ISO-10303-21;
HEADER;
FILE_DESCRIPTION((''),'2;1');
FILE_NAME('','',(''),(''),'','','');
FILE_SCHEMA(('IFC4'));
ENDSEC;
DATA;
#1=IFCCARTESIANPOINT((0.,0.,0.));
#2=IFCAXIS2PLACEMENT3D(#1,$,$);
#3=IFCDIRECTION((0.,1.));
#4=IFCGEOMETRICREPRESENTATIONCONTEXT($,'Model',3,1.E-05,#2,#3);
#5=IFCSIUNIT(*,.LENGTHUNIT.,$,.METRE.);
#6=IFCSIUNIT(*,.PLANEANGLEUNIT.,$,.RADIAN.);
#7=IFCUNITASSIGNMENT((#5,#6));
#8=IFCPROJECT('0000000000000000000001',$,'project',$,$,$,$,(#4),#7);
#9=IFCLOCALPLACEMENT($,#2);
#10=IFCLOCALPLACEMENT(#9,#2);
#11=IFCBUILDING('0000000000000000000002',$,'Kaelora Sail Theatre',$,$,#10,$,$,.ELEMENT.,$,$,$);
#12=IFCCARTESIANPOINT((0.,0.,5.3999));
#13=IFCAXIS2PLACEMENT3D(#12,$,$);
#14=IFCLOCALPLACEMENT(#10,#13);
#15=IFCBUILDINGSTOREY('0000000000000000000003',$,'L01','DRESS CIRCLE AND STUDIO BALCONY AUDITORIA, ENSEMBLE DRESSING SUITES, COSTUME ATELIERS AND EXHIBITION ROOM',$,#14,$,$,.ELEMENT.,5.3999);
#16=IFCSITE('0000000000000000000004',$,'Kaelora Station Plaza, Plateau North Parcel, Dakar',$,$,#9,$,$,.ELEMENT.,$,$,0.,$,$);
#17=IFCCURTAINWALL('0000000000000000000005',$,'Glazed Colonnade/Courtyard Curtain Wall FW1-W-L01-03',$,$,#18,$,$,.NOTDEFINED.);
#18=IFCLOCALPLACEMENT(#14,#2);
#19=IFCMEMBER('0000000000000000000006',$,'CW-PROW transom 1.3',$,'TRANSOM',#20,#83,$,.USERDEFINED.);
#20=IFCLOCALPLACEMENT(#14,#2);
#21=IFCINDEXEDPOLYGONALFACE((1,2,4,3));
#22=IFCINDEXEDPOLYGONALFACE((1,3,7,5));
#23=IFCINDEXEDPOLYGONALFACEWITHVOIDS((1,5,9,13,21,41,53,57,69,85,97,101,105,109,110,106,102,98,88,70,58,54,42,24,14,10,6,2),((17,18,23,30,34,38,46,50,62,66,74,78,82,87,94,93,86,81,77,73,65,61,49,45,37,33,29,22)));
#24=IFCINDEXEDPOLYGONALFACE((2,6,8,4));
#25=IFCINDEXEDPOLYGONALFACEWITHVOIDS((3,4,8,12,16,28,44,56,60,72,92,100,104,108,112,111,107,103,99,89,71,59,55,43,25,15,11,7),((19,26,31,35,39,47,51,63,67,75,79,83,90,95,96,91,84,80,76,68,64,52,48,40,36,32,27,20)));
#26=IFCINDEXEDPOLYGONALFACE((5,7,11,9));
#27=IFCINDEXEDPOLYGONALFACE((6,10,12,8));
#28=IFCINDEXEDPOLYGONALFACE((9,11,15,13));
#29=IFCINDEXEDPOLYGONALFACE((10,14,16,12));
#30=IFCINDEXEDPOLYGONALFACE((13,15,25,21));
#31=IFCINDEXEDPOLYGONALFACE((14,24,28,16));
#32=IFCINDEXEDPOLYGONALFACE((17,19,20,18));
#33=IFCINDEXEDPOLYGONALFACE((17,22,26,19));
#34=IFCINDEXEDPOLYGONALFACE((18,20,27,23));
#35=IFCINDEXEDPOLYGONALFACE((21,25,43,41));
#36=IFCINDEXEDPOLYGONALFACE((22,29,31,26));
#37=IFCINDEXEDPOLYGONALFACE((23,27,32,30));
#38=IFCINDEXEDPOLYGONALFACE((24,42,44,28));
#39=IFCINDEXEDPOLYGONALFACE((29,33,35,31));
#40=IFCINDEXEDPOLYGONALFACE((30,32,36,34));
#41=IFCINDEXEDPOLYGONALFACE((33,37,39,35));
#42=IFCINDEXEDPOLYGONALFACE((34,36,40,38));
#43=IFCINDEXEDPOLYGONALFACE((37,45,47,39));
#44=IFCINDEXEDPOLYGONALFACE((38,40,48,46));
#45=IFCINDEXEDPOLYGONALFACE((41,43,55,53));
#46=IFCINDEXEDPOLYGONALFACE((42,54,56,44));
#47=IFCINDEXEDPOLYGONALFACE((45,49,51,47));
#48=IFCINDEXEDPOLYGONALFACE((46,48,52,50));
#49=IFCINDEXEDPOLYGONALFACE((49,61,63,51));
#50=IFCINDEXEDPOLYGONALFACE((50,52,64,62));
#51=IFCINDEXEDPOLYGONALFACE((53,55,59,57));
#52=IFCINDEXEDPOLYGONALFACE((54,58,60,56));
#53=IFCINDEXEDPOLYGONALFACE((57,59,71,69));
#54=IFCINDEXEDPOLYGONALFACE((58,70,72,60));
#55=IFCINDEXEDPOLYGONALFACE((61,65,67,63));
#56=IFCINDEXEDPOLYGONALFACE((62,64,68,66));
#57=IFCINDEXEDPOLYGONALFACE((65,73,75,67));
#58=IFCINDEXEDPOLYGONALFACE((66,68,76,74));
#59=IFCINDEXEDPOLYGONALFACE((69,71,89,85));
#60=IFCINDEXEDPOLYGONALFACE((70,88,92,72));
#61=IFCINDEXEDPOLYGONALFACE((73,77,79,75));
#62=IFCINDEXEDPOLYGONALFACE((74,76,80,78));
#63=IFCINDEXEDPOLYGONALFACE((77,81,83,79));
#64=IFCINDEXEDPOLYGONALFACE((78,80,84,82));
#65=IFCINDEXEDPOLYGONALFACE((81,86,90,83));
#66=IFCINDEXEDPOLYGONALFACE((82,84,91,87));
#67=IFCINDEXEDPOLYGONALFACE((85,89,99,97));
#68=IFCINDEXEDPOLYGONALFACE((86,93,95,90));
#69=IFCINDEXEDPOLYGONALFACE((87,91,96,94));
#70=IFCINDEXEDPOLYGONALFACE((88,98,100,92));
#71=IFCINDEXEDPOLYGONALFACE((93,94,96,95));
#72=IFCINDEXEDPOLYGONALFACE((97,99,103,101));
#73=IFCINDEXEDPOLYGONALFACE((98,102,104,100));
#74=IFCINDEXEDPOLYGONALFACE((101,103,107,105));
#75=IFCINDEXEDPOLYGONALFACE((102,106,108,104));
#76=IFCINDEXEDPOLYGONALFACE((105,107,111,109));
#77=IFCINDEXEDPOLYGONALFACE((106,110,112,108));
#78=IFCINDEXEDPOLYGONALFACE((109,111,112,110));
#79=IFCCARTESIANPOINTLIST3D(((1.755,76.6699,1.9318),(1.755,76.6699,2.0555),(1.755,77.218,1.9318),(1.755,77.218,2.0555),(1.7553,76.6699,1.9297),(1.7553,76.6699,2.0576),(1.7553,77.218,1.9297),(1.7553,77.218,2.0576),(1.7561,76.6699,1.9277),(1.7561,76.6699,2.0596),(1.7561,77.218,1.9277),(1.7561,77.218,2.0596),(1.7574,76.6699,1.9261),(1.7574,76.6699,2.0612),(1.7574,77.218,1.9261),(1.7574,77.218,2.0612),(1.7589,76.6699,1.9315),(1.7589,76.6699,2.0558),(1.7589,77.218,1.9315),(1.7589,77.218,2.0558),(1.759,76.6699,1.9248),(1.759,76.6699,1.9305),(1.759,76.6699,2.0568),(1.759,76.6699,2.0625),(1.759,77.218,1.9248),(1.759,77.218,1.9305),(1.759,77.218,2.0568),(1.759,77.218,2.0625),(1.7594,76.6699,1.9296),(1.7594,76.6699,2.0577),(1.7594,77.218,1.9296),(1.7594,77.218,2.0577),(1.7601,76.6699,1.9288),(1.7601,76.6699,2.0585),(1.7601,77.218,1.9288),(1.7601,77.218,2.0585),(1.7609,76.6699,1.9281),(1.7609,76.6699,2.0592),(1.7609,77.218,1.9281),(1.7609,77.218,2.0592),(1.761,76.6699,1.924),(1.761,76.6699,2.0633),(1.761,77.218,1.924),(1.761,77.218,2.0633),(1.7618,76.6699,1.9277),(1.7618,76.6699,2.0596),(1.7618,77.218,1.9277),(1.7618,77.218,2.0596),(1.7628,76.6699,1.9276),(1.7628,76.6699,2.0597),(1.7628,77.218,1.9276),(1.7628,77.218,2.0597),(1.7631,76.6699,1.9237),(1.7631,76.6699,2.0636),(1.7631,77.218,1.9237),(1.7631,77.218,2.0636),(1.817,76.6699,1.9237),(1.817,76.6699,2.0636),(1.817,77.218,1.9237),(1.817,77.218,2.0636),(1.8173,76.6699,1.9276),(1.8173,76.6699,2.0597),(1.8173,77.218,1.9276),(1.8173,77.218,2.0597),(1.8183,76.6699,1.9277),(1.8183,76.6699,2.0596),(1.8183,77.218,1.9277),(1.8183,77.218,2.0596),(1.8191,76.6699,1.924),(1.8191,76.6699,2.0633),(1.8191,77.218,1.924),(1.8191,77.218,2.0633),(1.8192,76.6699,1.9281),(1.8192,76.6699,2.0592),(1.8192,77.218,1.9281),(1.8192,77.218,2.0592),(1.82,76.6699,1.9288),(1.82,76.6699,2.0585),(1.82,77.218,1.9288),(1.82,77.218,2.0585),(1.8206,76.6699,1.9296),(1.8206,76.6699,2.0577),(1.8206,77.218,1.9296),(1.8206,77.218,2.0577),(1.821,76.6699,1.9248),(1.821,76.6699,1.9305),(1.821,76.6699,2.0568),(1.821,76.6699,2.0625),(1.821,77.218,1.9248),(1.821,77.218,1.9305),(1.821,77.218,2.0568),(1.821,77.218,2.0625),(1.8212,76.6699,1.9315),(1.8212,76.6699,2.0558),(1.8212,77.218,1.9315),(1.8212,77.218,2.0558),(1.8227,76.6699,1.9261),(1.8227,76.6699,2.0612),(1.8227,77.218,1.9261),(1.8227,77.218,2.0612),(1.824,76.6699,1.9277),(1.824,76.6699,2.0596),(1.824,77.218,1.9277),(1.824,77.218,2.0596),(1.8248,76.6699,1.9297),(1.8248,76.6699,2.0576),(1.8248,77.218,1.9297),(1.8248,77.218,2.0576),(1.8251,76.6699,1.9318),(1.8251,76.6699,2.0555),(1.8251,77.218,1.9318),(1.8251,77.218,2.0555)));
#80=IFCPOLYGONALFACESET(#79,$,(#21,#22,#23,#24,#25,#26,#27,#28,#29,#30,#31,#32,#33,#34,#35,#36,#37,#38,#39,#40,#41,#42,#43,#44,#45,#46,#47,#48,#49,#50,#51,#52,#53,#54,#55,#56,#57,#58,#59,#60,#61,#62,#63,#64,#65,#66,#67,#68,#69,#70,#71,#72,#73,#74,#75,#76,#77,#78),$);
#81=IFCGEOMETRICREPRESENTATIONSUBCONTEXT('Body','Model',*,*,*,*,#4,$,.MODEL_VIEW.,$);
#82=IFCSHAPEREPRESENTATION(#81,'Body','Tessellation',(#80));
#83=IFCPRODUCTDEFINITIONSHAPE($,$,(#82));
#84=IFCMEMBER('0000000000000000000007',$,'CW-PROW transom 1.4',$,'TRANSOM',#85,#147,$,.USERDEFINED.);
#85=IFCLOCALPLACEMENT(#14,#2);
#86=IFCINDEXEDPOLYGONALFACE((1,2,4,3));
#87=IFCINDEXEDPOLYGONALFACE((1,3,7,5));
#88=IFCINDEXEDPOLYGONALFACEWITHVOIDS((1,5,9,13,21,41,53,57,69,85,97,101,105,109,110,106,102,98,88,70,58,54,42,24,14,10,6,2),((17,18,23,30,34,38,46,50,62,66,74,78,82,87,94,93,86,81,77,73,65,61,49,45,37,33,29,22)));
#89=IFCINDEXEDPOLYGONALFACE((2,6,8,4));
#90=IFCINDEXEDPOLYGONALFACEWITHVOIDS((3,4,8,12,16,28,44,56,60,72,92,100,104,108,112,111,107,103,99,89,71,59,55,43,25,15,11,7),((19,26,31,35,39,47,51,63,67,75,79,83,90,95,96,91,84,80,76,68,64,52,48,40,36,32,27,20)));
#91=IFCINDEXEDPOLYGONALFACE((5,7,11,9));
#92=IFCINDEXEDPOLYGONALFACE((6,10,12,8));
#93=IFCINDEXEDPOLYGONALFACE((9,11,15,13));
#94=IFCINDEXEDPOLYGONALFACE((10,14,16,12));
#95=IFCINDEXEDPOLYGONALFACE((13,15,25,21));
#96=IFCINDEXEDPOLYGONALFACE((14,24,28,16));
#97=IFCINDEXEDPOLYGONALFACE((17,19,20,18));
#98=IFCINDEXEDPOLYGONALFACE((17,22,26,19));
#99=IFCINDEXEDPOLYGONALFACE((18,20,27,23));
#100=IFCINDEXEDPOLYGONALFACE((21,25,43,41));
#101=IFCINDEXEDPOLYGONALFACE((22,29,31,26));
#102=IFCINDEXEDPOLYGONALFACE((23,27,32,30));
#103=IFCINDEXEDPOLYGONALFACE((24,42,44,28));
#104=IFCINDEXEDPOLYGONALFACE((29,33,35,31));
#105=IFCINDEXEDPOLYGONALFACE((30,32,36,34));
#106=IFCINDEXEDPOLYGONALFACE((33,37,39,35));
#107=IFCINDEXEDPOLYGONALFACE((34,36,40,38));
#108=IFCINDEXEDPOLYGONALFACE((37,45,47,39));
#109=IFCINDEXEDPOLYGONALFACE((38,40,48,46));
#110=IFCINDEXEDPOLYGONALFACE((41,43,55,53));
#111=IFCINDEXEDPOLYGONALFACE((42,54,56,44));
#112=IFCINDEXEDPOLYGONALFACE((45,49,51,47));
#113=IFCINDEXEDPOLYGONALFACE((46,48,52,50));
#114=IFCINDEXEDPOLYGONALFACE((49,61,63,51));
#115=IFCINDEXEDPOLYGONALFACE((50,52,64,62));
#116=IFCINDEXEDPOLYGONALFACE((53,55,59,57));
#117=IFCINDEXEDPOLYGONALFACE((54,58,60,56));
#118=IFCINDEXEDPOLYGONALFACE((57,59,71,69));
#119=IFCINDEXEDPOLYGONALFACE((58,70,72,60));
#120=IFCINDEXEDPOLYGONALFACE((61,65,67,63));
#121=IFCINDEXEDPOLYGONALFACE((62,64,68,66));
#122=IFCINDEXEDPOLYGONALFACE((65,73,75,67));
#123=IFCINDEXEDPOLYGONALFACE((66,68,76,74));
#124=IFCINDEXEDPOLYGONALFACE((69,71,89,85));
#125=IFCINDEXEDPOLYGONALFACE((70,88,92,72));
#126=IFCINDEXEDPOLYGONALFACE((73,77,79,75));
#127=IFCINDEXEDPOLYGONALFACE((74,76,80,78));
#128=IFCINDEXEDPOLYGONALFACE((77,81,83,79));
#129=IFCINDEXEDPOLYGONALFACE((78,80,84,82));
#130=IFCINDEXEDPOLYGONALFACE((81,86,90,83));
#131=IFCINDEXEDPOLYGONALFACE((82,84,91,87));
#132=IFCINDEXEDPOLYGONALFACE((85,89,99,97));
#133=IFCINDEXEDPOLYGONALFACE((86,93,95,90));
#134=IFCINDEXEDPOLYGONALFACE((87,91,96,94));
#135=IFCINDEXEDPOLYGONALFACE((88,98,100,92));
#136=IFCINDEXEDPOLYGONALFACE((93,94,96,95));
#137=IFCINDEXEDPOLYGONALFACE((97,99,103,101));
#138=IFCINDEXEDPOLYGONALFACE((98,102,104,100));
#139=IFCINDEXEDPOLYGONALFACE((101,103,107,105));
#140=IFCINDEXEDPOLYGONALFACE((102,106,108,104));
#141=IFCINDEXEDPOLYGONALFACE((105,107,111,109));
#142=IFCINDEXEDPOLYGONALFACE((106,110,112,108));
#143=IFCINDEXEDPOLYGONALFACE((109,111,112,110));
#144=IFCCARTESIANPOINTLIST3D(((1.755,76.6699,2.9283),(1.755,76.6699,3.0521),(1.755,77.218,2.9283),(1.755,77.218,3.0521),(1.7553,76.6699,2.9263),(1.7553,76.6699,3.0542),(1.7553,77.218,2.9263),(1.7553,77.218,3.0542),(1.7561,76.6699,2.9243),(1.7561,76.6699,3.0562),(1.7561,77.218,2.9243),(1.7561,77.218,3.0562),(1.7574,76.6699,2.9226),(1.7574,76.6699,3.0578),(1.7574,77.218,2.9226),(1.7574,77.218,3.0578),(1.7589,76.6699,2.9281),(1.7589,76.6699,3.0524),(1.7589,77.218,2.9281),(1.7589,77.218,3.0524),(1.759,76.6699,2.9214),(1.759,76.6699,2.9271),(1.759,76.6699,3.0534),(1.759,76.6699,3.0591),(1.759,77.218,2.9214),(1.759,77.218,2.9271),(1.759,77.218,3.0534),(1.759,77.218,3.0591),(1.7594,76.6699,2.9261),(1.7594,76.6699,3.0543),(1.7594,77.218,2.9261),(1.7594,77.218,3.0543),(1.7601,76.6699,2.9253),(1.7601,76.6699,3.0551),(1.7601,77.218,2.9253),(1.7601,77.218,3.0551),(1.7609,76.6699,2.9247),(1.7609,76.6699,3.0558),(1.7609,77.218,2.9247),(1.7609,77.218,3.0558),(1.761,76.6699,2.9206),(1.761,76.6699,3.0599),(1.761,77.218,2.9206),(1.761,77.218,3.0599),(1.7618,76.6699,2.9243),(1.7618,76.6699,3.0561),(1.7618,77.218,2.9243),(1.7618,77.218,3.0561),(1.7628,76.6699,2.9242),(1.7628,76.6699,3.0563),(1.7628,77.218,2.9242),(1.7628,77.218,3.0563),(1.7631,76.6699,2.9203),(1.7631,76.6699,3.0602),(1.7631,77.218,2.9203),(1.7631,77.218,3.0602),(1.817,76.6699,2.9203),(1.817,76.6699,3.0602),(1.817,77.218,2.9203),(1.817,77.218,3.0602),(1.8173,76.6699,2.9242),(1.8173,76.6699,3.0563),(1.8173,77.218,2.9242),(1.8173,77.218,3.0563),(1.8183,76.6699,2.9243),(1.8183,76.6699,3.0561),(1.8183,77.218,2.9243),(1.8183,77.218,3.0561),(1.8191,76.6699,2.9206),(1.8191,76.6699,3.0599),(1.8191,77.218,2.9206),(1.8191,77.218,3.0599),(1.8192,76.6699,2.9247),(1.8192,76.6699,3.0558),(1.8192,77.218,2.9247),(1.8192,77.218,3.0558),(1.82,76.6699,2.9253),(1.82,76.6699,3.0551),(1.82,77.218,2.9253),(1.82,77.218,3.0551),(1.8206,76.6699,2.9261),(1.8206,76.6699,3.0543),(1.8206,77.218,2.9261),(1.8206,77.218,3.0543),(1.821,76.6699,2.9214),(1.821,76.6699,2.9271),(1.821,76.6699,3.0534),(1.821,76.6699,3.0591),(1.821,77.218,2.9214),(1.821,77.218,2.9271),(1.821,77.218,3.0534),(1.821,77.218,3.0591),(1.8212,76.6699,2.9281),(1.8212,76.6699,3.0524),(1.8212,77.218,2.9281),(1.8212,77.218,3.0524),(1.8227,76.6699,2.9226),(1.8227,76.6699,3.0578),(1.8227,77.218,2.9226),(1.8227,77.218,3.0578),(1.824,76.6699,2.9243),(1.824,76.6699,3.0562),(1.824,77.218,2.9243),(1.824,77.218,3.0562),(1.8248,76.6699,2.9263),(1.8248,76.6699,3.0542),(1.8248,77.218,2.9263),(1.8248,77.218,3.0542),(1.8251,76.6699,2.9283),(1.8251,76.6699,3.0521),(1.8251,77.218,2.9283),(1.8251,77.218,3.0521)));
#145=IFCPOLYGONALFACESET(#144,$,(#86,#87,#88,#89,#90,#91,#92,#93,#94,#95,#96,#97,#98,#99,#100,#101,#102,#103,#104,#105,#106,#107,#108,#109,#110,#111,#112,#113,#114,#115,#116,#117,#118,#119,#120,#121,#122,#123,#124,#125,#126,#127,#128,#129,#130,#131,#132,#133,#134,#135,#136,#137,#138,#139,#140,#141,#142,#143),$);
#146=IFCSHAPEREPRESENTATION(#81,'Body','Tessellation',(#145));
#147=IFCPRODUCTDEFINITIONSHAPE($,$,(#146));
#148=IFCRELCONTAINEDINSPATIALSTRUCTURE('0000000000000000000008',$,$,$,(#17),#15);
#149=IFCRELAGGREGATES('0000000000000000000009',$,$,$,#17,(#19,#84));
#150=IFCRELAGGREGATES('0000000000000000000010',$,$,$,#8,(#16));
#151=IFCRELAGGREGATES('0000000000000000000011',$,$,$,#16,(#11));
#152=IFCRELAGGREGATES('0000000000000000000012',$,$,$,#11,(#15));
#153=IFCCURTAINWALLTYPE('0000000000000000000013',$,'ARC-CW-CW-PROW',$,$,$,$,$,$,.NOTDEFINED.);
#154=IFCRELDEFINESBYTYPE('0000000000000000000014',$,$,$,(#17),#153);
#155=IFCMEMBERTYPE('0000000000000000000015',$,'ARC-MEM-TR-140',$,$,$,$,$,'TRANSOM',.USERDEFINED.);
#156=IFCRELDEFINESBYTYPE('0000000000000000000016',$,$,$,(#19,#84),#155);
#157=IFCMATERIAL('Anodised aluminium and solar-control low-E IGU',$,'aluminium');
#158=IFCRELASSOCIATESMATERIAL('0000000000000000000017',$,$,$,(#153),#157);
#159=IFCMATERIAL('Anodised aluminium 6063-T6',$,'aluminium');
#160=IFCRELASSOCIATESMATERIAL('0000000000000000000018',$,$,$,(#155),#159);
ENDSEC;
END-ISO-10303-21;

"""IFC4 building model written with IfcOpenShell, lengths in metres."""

from ifc_helpers import new_model, si_unit, direction, frame, origin, origin_2d, place, context, subcontext, project, spatial, hollow_rectangle, extrude, material, material_profile, profile_set, type_object, element, aggregate, save


model = new_model("IFC4")

# Units and contexts
model_context = context("Model", 3, precision=1e-05, world=origin(), true_north=direction((0.0, 1.0)))
body_context = subcontext(model_context, "Body", "Model", "MODEL_VIEW")
ifc_project = project(units=[si_unit("LENGTHUNIT", "METRE"), si_unit("PLANEANGLEUNIT", "RADIAN")], contexts=[model_context])

# Site, building, storey
site_placement = place(None, origin())
site = spatial("IfcSite", under=ifc_project, at=site_placement, Name="Kaelora Station Plaza, Plateau North Parcel, Dakar", CompositionType="ELEMENT", RefElevation=0.0)
building_placement = place(site_placement, origin())
building = spatial("IfcBuilding", under=site, at=building_placement, Name="Kaelora Sail Theatre", CompositionType="ELEMENT")
storey_placement = place(building_placement, frame((0.0, 0.0, 5.3999)))
storey = spatial("IfcBuildingStorey", under=building, at=storey_placement, Name="L01", Description="DRESS CIRCLE AND STUDIO BALCONY AUDITORIA, ENSEMBLE DRESSING SUITES, COSTUME ATELIERS AND EXHIBITION ROOM", CompositionType="ELEMENT", Elevation=5.3999)

# Shared definitions
ifc_material_1 = material(Name="Anodised aluminium and solar-control low-E IGU", Category="aluminium")
curtain_wall_type = type_object("IfcCurtainWallType", Name="ARC-CW-CW-PROW", PredefinedType="NOTDEFINED", material=ifc_material_1)

# Curtain wall, members
curtain_wall_1_placement = place(storey_placement, origin())
curtain_wall_1 = element("IfcCurtainWall", 1, at=curtain_wall_1_placement, inside=storey, type_object=curtain_wall_type, Name="Glazed Colonnade/Courtyard Curtain Wall FW1-W-L01-03", PredefinedType="NOTDEFINED")
ifc_material_2 = material(Name="Anodised aluminium 6063-T6", Category="aluminium")
ifc_material_profile_1 = material_profile(ifc_material_2, hollow_rectangle(XDim=0.0701, YDim=0.1399, WallThickness=0.0039, InnerFilletRadius=0.0039, OuterFilletRadius=0.0081, at=origin_2d()), Name="ALU-TRAN 70x140x4")
ifc_profile_set_1 = profile_set([ifc_material_profile_1], Name="Anodised aluminium 6063-T6")
member_type_1 = type_object("IfcMemberType", Name="ARC-MEM-TR-140", ElementType="TRANSOM", PredefinedType="USERDEFINED", material=ifc_profile_set_1)
member_1_placement = place(storey_placement, frame((1.79, 76.6699, 1.9937), z_axis=(0.0, 1.0, 0.0), x_axis=(-1.0, 0.0, 0.0)))
member_1 = element("IfcMember", 2, at=member_1_placement, type_object=member_type_1, Name="CW-PROW transom 1.3", ObjectType="TRANSOM", PredefinedType="USERDEFINED", context=body_context, shape_type="SweptSolid", body=[
    extrude(hollow_rectangle(XDim=0.0701, YDim=0.1399, WallThickness=0.0039, InnerFilletRadius=0.0039, OuterFilletRadius=0.0081, at=origin_2d()), origin(), (0.0, 0.0, 1.0), 0.5481),
])
member_2_placement = place(storey_placement, frame((1.79, 76.6699, 2.9902), z_axis=(0.0, 1.0, 0.0), x_axis=(-1.0, 0.0, 0.0)))
member_2 = element("IfcMember", 3, at=member_2_placement, type_object=member_type_1, Name="CW-PROW transom 1.4", ObjectType="TRANSOM", PredefinedType="USERDEFINED", context=body_context, shape_type="SweptSolid", body=[
    extrude(hollow_rectangle(XDim=0.0701, YDim=0.1399, WallThickness=0.0039, InnerFilletRadius=0.0039, OuterFilletRadius=0.0081, at=origin_2d()), origin(), (0.0, 0.0, 1.0), 0.5481),
])

aggregate(curtain_wall_1, [member_1, member_2])

save(model, "model.ifc")
